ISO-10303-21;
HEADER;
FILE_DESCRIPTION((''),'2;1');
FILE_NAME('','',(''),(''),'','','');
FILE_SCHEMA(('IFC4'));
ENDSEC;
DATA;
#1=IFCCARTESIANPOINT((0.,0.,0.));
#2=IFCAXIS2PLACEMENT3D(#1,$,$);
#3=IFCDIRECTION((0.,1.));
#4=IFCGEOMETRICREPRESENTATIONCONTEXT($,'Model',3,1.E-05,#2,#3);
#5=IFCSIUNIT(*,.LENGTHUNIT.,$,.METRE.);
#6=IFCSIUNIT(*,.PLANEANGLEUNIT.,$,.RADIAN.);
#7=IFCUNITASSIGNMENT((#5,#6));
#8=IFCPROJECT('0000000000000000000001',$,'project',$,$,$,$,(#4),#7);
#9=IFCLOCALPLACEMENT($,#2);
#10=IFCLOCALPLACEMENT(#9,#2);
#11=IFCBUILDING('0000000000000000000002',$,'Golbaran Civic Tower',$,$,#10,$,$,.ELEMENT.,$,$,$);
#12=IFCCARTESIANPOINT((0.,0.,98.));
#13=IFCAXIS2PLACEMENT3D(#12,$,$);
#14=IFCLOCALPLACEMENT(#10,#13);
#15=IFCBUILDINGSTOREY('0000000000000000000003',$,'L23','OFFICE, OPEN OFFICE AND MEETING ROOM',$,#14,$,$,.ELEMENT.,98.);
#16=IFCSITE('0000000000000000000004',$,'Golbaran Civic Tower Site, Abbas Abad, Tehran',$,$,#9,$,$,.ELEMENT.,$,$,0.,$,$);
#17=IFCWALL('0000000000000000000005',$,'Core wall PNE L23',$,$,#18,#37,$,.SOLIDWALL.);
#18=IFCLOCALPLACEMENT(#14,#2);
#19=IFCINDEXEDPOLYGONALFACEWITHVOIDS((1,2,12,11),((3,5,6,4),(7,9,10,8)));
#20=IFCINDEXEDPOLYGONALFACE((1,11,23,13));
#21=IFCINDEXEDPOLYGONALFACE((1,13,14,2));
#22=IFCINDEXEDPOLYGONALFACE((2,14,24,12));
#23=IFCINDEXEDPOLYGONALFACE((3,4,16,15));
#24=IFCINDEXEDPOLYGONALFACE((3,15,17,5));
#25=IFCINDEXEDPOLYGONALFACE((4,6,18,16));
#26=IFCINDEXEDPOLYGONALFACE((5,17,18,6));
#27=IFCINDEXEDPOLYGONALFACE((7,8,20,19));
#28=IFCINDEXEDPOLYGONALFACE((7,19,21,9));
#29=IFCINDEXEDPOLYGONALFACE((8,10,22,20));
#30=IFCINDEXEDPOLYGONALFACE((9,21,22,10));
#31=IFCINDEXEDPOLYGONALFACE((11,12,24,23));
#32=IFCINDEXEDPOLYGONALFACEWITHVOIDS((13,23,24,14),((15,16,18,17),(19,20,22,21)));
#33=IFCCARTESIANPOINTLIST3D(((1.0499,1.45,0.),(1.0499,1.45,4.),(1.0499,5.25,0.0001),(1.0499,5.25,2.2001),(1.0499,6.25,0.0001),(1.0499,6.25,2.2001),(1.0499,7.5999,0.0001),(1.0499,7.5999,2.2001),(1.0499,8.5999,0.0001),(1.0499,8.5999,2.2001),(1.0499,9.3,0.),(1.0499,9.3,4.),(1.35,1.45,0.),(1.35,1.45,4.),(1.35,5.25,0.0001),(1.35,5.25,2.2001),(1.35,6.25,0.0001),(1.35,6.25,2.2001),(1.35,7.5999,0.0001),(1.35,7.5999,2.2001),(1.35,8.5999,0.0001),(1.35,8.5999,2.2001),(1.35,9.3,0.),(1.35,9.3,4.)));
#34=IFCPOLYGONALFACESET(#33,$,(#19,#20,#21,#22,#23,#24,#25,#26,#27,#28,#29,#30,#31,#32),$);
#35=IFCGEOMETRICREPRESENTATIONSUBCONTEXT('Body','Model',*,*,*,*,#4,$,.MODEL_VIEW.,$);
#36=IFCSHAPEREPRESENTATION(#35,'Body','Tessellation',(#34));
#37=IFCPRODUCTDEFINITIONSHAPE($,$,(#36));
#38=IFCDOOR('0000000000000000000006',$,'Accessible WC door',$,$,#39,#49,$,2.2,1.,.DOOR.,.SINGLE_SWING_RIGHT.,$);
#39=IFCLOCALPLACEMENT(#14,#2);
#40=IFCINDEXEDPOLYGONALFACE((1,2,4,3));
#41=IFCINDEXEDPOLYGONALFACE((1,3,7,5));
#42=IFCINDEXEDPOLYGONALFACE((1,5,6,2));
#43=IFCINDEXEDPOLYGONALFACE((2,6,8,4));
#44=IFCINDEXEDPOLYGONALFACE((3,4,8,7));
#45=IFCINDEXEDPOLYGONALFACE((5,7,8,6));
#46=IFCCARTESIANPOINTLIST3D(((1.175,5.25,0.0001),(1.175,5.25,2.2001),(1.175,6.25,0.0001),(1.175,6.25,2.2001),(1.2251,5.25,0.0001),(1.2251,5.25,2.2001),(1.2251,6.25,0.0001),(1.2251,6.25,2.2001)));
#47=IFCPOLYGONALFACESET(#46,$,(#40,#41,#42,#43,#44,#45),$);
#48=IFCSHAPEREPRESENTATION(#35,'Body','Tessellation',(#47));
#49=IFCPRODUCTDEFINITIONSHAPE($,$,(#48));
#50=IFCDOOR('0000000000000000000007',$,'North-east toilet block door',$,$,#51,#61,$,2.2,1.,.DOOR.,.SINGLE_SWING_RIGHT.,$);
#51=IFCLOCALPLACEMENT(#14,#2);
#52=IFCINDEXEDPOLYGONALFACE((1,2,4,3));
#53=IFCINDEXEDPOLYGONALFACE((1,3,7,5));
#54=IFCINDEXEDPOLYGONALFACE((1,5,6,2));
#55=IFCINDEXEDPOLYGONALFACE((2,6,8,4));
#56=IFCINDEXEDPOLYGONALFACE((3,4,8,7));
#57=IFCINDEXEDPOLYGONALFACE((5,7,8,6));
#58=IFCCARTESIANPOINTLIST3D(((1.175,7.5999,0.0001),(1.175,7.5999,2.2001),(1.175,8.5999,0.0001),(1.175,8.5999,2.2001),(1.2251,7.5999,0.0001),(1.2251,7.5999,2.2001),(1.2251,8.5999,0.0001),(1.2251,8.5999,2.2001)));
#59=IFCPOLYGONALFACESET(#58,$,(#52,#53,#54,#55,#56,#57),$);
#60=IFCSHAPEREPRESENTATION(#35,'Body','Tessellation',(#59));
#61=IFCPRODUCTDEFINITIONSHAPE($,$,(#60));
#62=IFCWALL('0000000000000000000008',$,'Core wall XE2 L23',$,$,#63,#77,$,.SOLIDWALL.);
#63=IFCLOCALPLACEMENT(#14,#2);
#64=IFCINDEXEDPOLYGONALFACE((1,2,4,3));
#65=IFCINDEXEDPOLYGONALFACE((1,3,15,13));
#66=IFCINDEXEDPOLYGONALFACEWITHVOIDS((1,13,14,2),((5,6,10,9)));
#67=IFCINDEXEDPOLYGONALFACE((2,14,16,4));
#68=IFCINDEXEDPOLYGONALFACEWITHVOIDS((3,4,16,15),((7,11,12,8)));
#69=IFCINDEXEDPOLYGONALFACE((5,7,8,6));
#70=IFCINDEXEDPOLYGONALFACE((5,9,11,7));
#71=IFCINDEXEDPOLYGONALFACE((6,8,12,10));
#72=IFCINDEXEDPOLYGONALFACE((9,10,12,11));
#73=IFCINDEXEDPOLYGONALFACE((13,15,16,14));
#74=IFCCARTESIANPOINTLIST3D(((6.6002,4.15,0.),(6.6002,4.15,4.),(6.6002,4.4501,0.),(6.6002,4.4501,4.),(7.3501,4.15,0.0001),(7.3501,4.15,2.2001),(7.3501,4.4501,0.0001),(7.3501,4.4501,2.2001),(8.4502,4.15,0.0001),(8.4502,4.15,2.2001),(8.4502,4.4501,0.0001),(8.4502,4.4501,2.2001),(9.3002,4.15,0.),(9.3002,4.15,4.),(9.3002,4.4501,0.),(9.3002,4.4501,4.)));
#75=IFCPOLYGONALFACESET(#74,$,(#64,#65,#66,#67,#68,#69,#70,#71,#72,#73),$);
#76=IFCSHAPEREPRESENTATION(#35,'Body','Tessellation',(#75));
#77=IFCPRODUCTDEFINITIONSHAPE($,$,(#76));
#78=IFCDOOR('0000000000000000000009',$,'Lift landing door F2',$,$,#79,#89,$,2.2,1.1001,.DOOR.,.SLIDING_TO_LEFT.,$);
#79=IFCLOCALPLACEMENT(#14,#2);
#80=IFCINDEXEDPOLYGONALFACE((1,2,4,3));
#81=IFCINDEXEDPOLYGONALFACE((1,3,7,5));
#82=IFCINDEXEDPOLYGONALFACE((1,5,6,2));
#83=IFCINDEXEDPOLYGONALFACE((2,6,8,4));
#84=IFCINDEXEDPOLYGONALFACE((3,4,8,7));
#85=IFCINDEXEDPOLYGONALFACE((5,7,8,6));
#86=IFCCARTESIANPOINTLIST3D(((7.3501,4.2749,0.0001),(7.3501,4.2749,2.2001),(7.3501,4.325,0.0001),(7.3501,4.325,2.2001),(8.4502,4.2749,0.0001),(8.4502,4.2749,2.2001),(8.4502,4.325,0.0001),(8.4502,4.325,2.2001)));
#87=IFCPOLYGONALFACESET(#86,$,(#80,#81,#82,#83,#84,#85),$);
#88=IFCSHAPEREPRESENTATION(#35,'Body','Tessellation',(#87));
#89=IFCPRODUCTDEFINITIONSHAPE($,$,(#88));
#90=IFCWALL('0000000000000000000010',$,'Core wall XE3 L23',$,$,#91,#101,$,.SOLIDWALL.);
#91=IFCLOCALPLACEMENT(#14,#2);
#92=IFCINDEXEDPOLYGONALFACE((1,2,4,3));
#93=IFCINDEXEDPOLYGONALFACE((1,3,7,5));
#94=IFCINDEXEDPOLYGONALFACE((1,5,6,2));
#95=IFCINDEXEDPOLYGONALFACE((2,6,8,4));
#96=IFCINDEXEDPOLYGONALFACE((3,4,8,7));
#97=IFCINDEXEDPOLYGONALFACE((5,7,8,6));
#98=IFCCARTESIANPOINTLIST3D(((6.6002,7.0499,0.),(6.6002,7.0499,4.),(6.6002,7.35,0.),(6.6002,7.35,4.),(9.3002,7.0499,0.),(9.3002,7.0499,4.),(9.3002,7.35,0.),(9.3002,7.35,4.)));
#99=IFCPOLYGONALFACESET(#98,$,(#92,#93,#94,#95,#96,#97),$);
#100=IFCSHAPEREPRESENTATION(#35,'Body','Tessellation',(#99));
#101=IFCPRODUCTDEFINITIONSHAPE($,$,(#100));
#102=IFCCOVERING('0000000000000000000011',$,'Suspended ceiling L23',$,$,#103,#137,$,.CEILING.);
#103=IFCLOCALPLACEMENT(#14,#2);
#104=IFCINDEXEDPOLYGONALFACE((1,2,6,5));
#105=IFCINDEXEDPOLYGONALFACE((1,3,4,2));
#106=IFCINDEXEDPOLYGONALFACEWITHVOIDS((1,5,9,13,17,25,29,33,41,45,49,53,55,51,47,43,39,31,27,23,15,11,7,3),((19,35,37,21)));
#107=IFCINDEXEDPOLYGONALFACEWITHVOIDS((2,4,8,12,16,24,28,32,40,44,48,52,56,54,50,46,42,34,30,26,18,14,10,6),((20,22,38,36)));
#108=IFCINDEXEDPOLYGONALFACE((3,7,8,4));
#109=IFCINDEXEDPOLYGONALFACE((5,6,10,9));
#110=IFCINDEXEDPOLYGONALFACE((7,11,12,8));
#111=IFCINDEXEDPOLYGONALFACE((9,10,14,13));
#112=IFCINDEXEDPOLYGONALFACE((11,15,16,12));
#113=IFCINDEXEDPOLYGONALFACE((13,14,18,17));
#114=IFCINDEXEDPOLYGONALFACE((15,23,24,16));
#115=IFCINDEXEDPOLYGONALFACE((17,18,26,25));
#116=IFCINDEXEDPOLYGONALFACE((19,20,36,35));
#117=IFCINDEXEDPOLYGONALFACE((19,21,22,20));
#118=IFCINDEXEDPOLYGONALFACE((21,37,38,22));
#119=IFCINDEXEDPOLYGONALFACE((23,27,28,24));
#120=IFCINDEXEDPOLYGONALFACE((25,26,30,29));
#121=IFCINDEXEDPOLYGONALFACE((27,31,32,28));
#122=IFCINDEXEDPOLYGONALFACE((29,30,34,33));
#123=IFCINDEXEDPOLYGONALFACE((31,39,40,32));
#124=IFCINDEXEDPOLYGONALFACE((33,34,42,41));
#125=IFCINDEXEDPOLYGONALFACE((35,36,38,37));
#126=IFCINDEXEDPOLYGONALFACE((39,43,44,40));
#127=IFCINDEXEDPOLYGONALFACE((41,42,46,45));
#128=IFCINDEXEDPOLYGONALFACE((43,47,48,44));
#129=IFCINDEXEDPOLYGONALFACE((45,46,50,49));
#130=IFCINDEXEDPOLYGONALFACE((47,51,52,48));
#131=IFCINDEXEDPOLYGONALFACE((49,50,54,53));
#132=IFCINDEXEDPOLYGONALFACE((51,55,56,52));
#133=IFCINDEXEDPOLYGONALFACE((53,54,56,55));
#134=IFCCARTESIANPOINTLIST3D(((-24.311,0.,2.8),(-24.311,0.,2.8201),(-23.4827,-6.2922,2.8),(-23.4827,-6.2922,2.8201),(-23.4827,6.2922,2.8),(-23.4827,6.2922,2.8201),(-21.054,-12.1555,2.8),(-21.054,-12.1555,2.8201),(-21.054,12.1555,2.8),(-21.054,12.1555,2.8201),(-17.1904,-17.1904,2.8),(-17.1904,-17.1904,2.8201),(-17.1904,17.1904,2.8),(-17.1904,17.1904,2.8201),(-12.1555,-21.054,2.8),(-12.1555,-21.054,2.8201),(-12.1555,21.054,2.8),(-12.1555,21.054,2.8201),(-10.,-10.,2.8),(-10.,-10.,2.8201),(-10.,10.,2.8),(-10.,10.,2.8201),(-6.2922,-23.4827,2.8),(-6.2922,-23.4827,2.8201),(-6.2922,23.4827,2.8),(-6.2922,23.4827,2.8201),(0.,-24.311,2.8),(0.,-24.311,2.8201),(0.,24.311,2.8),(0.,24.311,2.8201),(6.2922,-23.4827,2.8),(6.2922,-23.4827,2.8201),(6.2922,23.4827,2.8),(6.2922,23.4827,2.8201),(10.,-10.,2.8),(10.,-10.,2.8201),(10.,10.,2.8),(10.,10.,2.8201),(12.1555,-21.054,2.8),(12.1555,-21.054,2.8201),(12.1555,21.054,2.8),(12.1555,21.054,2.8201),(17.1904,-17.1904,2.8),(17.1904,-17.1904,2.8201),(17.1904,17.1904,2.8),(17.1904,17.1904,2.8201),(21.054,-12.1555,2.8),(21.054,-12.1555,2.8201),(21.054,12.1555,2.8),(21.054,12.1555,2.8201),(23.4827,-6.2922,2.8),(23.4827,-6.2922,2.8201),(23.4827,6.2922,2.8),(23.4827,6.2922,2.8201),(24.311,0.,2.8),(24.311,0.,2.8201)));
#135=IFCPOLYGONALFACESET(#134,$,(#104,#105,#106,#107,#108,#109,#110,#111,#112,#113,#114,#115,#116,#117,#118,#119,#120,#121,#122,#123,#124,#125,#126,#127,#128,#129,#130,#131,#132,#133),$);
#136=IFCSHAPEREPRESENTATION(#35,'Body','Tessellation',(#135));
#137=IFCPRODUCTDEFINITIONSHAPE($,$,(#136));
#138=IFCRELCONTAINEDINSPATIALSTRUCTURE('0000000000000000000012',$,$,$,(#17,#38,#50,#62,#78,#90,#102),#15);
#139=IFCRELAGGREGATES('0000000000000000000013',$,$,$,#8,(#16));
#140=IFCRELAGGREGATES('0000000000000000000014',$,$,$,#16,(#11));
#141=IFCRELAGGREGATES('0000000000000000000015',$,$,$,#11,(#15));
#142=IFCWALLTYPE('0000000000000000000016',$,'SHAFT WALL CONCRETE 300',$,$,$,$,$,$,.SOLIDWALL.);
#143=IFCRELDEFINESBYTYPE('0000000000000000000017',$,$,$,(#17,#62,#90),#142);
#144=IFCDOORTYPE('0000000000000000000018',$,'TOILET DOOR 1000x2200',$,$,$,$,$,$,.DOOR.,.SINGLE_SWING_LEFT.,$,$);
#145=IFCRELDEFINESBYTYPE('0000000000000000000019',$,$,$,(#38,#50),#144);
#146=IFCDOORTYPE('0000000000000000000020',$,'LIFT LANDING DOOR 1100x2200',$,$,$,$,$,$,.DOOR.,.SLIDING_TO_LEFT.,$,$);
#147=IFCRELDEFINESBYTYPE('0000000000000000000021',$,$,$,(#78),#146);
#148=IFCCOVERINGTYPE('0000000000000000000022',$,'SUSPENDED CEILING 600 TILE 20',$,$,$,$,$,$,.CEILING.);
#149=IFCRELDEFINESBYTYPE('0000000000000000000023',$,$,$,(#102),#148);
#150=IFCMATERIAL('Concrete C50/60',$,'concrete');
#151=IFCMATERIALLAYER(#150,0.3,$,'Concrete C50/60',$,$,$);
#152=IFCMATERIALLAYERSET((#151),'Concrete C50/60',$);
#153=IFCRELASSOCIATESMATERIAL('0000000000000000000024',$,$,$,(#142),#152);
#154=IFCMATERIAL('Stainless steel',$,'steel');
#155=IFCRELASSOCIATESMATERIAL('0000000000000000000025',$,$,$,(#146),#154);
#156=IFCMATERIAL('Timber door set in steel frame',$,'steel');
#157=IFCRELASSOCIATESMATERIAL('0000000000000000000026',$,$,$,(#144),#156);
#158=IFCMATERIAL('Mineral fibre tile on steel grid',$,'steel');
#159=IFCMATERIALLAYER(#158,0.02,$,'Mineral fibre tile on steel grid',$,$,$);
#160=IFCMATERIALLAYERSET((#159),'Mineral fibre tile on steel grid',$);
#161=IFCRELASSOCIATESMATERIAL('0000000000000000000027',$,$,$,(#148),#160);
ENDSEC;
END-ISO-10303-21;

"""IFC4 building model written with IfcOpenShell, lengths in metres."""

from ifc_helpers import new_model, si_unit, direction, frame, frame_2d, origin, place, context, subcontext, project, spatial, polyline, rectangle, outline, extrude, material, layer, layer_set, type_object, element, fill, save


model = new_model("IFC4")

# Units and contexts
model_context = context("Model", 3, precision=1e-05, world=origin(), true_north=direction((0.0, 1.0)))
body_context = subcontext(model_context, "Body", "Model", "MODEL_VIEW")
ifc_project = project(units=[si_unit("LENGTHUNIT", "METRE"), si_unit("PLANEANGLEUNIT", "RADIAN")], contexts=[model_context])

# Site, building, storey
site_placement = place(None, origin())
site = spatial("IfcSite", under=ifc_project, at=site_placement, Name="Golbaran Civic Tower Site, Abbas Abad, Tehran", CompositionType="ELEMENT", RefElevation=0.0)
building_placement = place(site_placement, origin())
building = spatial("IfcBuilding", under=site, at=building_placement, Name="Golbaran Civic Tower", CompositionType="ELEMENT")
storey_placement = place(building_placement, frame((0.0, 0.0, 98.0)))
storey = spatial("IfcBuildingStorey", under=building, at=storey_placement, Name="L23", Description="OFFICE, OPEN OFFICE AND MEETING ROOM", CompositionType="ELEMENT", Elevation=98.0)

# Shared definitions
ifc_material_1 = material(Name="Timber door set in steel frame", Category="steel")

# Shared definitions
ifc_material_2 = material(Name="Concrete C50/60", Category="concrete")
ifc_layer_1 = layer(ifc_material_2, 0.3, Name="Concrete C50/60")
ifc_layer_set_1 = layer_set([ifc_layer_1], Name="Concrete C50/60")
wall_type_1 = type_object("IfcWallType", Name="SHAFT WALL CONCRETE 300", PredefinedType="SOLIDWALL", material=ifc_layer_set_1)
ifc_material_3 = material(Name="Stainless steel", Category="steel")
door_type_1 = type_object("IfcDoorType", Name="LIFT LANDING DOOR 1100x2200", OperationType="SLIDING_TO_LEFT", PredefinedType="DOOR", material=ifc_material_3)

# Wall, openings, doors
wall_1_placement = place(storey_placement, frame((1.2, 1.45, 0.0), z_axis=(0.0, 0.0, 1.0), x_axis=(0.0, 1.0, 0.0)))
wall_1 = element("IfcWall", 1, at=wall_1_placement, inside=storey, type_object=wall_type_1, Name="Core wall PNE L23", PredefinedType="SOLIDWALL", context=body_context, shape_type="SweptSolid", body=[
    extrude(rectangle(XDim=7.8501, YDim=0.3, at=frame_2d((3.925, 0.0))), origin(), (0.0, 0.0, 1.0), 4.0),
])
opening_1_placement = place(wall_1_placement, frame((3.8, 0.0, 0.0)))
opening_1 = element("IfcOpeningElement", 2, at=opening_1_placement, cuts=wall_1, PredefinedType="OPENING", context=body_context, shape_type="SweptSolid", body=[
    extrude(rectangle(XDim=1.0, YDim=2.2, at=frame_2d((0.5, 1.1001))), frame((0.0, 0.1599, 0.0), z_axis=(0.0, -1.0, 0.0), x_axis=(1.0, 0.0, 0.0)), (0.0, 0.0, 1.0), 0.3201),
])
opening_2_placement = place(wall_1_placement, frame((6.1499, 0.0, 0.0)))
opening_2 = element("IfcOpeningElement", 3, at=opening_2_placement, cuts=wall_1, PredefinedType="OPENING", context=body_context, shape_type="SweptSolid", body=[
    extrude(rectangle(XDim=1.0, YDim=2.2, at=frame_2d((0.5, 1.1001))), frame((0.0, 0.1599, 0.0), z_axis=(0.0, -1.0, 0.0), x_axis=(1.0, 0.0, 0.0)), (0.0, 0.0, 1.0), 0.3201),
])
door_type_2 = type_object("IfcDoorType", Name="TOILET DOOR 1000x2200", OperationType="SINGLE_SWING_LEFT", PredefinedType="DOOR", material=ifc_material_1)
door_1_placement = place(opening_1_placement, origin())
door_1 = element("IfcDoor", 4, at=door_1_placement, inside=storey, type_object=door_type_2, Name="Accessible WC door", OperationType="SINGLE_SWING_RIGHT", OverallHeight=2.2, OverallWidth=1.0, PredefinedType="DOOR", context=body_context, shape_type="SweptSolid", body=[
    extrude(rectangle(XDim=1.0, YDim=2.2, at=frame_2d((0.5, 1.1001))), frame((0.0, 0.0249, 0.0), z_axis=(0.0, -1.0, 0.0), x_axis=(1.0, 0.0, 0.0)), (0.0, 0.0, 1.0), 0.05),
])
fill(opening_1, door_1)
door_2_placement = place(opening_2_placement, origin())
door_2 = element("IfcDoor", 5, at=door_2_placement, inside=storey, type_object=door_type_2, Name="North-east toilet block door", OperationType="SINGLE_SWING_RIGHT", OverallHeight=2.2, OverallWidth=1.0, PredefinedType="DOOR", context=body_context, shape_type="SweptSolid", body=[
    extrude(rectangle(XDim=1.0, YDim=2.2, at=frame_2d((0.5, 1.1001))), frame((0.0, 0.0249, 0.0), z_axis=(0.0, -1.0, 0.0), x_axis=(1.0, 0.0, 0.0)), (0.0, 0.0, 1.0), 0.05),
])
fill(opening_2, door_2)

# Wall, opening, door
wall_2_placement = place(storey_placement, frame((6.6001, 4.3, 0.0), z_axis=(0.0, 0.0, 1.0), x_axis=(1.0, 0.0, 0.0)))
wall_2 = element("IfcWall", 6, at=wall_2_placement, inside=storey, type_object=wall_type_1, Name="Core wall XE2 L23", PredefinedType="SOLIDWALL", context=body_context, shape_type="SweptSolid", body=[
    extrude(rectangle(XDim=2.7, YDim=0.3, at=frame_2d((1.3501, 0.0))), origin(), (0.0, 0.0, 1.0), 4.0),
])
opening_3_placement = place(wall_2_placement, frame((0.75, 0.0, 0.0)))
opening_3 = element("IfcOpeningElement", 7, at=opening_3_placement, cuts=wall_2, PredefinedType="OPENING", context=body_context, shape_type="SweptSolid", body=[
    extrude(rectangle(XDim=1.1001, YDim=2.2, at=frame_2d((0.55, 1.1001))), frame((0.0, 0.1599, 0.0), z_axis=(0.0, -1.0, 0.0), x_axis=(1.0, 0.0, 0.0)), (0.0, 0.0, 1.0), 0.3201),
])
door_3_placement = place(opening_3_placement, origin())
door_3 = element("IfcDoor", 8, at=door_3_placement, inside=storey, type_object=door_type_1, Name="Lift landing door F2", OperationType="SLIDING_TO_LEFT", OverallHeight=2.2, OverallWidth=1.1001, PredefinedType="DOOR", context=body_context, shape_type="SweptSolid", body=[
    extrude(rectangle(XDim=1.1001, YDim=2.2, at=frame_2d((0.55, 1.1001))), frame((0.0, 0.0249, 0.0), z_axis=(0.0, -1.0, 0.0), x_axis=(1.0, 0.0, 0.0)), (0.0, 0.0, 1.0), 0.05),
])
fill(opening_3, door_3)

# Wall
wall_3_placement = place(storey_placement, frame((6.6001, 7.2, 0.0), z_axis=(0.0, 0.0, 1.0), x_axis=(1.0, 0.0, 0.0)))
element("IfcWall", 9, at=wall_3_placement, inside=storey, type_object=wall_type_1, Name="Core wall XE3 L23", PredefinedType="SOLIDWALL", context=body_context, shape_type="SweptSolid", body=[
    extrude(rectangle(XDim=2.7, YDim=0.3, at=frame_2d((1.3501, 0.0))), origin(), (0.0, 0.0, 1.0), 4.0),
])

# Covering
ifc_material_4 = material(Name="Mineral fibre tile on steel grid", Category="steel")
ifc_layer_2 = layer(ifc_material_4, 0.02, Name="Mineral fibre tile on steel grid")
ifc_layer_set_2 = layer_set([ifc_layer_2], Name="Mineral fibre tile on steel grid")
covering_type = type_object("IfcCoveringType", Name="SUSPENDED CEILING 600 TILE 20", PredefinedType="CEILING", material=ifc_layer_set_2)
covering_placement = place(storey_placement, frame((0.0, 0.0, 2.8)))
element("IfcCovering", 10, at=covering_placement, inside=storey, type_object=covering_type, Name="Suspended ceiling L23", PredefinedType="CEILING", context=body_context, shape_type="SweptSolid", body=[
    extrude(outline(polyline([(-23.4827, 6.2922), (-21.054, 12.1555), (-17.1904, 17.1904), (-12.1555, 21.054), (-6.2922, 23.4827), (0.0, 24.311), (6.2922, 23.4827), (12.1555, 21.054), (17.1904, 17.1904), (21.054, 12.1555), (23.4827, 6.2922), (24.311, 0.0), (23.4827, -6.2922), (21.054, -12.1555), (17.1904, -17.1904), (12.1555, -21.054), (6.2922, -23.4827), (0.0, -24.311), (-6.2922, -23.4827), (-12.1555, -21.054), (-17.1904, -17.1904), (-21.054, -12.1555), (-23.4827, -6.2922), (-24.311, 0.0), (-23.4827, 6.2922)]), holes=[polyline([(-10.0, 10.0), (-10.0, -10.0), (10.0, -10.0), (10.0, 10.0), (-10.0, 10.0)])]), origin(), (0.0, 0.0, 1.0), 0.02),
])

save(model, "model.ifc")
